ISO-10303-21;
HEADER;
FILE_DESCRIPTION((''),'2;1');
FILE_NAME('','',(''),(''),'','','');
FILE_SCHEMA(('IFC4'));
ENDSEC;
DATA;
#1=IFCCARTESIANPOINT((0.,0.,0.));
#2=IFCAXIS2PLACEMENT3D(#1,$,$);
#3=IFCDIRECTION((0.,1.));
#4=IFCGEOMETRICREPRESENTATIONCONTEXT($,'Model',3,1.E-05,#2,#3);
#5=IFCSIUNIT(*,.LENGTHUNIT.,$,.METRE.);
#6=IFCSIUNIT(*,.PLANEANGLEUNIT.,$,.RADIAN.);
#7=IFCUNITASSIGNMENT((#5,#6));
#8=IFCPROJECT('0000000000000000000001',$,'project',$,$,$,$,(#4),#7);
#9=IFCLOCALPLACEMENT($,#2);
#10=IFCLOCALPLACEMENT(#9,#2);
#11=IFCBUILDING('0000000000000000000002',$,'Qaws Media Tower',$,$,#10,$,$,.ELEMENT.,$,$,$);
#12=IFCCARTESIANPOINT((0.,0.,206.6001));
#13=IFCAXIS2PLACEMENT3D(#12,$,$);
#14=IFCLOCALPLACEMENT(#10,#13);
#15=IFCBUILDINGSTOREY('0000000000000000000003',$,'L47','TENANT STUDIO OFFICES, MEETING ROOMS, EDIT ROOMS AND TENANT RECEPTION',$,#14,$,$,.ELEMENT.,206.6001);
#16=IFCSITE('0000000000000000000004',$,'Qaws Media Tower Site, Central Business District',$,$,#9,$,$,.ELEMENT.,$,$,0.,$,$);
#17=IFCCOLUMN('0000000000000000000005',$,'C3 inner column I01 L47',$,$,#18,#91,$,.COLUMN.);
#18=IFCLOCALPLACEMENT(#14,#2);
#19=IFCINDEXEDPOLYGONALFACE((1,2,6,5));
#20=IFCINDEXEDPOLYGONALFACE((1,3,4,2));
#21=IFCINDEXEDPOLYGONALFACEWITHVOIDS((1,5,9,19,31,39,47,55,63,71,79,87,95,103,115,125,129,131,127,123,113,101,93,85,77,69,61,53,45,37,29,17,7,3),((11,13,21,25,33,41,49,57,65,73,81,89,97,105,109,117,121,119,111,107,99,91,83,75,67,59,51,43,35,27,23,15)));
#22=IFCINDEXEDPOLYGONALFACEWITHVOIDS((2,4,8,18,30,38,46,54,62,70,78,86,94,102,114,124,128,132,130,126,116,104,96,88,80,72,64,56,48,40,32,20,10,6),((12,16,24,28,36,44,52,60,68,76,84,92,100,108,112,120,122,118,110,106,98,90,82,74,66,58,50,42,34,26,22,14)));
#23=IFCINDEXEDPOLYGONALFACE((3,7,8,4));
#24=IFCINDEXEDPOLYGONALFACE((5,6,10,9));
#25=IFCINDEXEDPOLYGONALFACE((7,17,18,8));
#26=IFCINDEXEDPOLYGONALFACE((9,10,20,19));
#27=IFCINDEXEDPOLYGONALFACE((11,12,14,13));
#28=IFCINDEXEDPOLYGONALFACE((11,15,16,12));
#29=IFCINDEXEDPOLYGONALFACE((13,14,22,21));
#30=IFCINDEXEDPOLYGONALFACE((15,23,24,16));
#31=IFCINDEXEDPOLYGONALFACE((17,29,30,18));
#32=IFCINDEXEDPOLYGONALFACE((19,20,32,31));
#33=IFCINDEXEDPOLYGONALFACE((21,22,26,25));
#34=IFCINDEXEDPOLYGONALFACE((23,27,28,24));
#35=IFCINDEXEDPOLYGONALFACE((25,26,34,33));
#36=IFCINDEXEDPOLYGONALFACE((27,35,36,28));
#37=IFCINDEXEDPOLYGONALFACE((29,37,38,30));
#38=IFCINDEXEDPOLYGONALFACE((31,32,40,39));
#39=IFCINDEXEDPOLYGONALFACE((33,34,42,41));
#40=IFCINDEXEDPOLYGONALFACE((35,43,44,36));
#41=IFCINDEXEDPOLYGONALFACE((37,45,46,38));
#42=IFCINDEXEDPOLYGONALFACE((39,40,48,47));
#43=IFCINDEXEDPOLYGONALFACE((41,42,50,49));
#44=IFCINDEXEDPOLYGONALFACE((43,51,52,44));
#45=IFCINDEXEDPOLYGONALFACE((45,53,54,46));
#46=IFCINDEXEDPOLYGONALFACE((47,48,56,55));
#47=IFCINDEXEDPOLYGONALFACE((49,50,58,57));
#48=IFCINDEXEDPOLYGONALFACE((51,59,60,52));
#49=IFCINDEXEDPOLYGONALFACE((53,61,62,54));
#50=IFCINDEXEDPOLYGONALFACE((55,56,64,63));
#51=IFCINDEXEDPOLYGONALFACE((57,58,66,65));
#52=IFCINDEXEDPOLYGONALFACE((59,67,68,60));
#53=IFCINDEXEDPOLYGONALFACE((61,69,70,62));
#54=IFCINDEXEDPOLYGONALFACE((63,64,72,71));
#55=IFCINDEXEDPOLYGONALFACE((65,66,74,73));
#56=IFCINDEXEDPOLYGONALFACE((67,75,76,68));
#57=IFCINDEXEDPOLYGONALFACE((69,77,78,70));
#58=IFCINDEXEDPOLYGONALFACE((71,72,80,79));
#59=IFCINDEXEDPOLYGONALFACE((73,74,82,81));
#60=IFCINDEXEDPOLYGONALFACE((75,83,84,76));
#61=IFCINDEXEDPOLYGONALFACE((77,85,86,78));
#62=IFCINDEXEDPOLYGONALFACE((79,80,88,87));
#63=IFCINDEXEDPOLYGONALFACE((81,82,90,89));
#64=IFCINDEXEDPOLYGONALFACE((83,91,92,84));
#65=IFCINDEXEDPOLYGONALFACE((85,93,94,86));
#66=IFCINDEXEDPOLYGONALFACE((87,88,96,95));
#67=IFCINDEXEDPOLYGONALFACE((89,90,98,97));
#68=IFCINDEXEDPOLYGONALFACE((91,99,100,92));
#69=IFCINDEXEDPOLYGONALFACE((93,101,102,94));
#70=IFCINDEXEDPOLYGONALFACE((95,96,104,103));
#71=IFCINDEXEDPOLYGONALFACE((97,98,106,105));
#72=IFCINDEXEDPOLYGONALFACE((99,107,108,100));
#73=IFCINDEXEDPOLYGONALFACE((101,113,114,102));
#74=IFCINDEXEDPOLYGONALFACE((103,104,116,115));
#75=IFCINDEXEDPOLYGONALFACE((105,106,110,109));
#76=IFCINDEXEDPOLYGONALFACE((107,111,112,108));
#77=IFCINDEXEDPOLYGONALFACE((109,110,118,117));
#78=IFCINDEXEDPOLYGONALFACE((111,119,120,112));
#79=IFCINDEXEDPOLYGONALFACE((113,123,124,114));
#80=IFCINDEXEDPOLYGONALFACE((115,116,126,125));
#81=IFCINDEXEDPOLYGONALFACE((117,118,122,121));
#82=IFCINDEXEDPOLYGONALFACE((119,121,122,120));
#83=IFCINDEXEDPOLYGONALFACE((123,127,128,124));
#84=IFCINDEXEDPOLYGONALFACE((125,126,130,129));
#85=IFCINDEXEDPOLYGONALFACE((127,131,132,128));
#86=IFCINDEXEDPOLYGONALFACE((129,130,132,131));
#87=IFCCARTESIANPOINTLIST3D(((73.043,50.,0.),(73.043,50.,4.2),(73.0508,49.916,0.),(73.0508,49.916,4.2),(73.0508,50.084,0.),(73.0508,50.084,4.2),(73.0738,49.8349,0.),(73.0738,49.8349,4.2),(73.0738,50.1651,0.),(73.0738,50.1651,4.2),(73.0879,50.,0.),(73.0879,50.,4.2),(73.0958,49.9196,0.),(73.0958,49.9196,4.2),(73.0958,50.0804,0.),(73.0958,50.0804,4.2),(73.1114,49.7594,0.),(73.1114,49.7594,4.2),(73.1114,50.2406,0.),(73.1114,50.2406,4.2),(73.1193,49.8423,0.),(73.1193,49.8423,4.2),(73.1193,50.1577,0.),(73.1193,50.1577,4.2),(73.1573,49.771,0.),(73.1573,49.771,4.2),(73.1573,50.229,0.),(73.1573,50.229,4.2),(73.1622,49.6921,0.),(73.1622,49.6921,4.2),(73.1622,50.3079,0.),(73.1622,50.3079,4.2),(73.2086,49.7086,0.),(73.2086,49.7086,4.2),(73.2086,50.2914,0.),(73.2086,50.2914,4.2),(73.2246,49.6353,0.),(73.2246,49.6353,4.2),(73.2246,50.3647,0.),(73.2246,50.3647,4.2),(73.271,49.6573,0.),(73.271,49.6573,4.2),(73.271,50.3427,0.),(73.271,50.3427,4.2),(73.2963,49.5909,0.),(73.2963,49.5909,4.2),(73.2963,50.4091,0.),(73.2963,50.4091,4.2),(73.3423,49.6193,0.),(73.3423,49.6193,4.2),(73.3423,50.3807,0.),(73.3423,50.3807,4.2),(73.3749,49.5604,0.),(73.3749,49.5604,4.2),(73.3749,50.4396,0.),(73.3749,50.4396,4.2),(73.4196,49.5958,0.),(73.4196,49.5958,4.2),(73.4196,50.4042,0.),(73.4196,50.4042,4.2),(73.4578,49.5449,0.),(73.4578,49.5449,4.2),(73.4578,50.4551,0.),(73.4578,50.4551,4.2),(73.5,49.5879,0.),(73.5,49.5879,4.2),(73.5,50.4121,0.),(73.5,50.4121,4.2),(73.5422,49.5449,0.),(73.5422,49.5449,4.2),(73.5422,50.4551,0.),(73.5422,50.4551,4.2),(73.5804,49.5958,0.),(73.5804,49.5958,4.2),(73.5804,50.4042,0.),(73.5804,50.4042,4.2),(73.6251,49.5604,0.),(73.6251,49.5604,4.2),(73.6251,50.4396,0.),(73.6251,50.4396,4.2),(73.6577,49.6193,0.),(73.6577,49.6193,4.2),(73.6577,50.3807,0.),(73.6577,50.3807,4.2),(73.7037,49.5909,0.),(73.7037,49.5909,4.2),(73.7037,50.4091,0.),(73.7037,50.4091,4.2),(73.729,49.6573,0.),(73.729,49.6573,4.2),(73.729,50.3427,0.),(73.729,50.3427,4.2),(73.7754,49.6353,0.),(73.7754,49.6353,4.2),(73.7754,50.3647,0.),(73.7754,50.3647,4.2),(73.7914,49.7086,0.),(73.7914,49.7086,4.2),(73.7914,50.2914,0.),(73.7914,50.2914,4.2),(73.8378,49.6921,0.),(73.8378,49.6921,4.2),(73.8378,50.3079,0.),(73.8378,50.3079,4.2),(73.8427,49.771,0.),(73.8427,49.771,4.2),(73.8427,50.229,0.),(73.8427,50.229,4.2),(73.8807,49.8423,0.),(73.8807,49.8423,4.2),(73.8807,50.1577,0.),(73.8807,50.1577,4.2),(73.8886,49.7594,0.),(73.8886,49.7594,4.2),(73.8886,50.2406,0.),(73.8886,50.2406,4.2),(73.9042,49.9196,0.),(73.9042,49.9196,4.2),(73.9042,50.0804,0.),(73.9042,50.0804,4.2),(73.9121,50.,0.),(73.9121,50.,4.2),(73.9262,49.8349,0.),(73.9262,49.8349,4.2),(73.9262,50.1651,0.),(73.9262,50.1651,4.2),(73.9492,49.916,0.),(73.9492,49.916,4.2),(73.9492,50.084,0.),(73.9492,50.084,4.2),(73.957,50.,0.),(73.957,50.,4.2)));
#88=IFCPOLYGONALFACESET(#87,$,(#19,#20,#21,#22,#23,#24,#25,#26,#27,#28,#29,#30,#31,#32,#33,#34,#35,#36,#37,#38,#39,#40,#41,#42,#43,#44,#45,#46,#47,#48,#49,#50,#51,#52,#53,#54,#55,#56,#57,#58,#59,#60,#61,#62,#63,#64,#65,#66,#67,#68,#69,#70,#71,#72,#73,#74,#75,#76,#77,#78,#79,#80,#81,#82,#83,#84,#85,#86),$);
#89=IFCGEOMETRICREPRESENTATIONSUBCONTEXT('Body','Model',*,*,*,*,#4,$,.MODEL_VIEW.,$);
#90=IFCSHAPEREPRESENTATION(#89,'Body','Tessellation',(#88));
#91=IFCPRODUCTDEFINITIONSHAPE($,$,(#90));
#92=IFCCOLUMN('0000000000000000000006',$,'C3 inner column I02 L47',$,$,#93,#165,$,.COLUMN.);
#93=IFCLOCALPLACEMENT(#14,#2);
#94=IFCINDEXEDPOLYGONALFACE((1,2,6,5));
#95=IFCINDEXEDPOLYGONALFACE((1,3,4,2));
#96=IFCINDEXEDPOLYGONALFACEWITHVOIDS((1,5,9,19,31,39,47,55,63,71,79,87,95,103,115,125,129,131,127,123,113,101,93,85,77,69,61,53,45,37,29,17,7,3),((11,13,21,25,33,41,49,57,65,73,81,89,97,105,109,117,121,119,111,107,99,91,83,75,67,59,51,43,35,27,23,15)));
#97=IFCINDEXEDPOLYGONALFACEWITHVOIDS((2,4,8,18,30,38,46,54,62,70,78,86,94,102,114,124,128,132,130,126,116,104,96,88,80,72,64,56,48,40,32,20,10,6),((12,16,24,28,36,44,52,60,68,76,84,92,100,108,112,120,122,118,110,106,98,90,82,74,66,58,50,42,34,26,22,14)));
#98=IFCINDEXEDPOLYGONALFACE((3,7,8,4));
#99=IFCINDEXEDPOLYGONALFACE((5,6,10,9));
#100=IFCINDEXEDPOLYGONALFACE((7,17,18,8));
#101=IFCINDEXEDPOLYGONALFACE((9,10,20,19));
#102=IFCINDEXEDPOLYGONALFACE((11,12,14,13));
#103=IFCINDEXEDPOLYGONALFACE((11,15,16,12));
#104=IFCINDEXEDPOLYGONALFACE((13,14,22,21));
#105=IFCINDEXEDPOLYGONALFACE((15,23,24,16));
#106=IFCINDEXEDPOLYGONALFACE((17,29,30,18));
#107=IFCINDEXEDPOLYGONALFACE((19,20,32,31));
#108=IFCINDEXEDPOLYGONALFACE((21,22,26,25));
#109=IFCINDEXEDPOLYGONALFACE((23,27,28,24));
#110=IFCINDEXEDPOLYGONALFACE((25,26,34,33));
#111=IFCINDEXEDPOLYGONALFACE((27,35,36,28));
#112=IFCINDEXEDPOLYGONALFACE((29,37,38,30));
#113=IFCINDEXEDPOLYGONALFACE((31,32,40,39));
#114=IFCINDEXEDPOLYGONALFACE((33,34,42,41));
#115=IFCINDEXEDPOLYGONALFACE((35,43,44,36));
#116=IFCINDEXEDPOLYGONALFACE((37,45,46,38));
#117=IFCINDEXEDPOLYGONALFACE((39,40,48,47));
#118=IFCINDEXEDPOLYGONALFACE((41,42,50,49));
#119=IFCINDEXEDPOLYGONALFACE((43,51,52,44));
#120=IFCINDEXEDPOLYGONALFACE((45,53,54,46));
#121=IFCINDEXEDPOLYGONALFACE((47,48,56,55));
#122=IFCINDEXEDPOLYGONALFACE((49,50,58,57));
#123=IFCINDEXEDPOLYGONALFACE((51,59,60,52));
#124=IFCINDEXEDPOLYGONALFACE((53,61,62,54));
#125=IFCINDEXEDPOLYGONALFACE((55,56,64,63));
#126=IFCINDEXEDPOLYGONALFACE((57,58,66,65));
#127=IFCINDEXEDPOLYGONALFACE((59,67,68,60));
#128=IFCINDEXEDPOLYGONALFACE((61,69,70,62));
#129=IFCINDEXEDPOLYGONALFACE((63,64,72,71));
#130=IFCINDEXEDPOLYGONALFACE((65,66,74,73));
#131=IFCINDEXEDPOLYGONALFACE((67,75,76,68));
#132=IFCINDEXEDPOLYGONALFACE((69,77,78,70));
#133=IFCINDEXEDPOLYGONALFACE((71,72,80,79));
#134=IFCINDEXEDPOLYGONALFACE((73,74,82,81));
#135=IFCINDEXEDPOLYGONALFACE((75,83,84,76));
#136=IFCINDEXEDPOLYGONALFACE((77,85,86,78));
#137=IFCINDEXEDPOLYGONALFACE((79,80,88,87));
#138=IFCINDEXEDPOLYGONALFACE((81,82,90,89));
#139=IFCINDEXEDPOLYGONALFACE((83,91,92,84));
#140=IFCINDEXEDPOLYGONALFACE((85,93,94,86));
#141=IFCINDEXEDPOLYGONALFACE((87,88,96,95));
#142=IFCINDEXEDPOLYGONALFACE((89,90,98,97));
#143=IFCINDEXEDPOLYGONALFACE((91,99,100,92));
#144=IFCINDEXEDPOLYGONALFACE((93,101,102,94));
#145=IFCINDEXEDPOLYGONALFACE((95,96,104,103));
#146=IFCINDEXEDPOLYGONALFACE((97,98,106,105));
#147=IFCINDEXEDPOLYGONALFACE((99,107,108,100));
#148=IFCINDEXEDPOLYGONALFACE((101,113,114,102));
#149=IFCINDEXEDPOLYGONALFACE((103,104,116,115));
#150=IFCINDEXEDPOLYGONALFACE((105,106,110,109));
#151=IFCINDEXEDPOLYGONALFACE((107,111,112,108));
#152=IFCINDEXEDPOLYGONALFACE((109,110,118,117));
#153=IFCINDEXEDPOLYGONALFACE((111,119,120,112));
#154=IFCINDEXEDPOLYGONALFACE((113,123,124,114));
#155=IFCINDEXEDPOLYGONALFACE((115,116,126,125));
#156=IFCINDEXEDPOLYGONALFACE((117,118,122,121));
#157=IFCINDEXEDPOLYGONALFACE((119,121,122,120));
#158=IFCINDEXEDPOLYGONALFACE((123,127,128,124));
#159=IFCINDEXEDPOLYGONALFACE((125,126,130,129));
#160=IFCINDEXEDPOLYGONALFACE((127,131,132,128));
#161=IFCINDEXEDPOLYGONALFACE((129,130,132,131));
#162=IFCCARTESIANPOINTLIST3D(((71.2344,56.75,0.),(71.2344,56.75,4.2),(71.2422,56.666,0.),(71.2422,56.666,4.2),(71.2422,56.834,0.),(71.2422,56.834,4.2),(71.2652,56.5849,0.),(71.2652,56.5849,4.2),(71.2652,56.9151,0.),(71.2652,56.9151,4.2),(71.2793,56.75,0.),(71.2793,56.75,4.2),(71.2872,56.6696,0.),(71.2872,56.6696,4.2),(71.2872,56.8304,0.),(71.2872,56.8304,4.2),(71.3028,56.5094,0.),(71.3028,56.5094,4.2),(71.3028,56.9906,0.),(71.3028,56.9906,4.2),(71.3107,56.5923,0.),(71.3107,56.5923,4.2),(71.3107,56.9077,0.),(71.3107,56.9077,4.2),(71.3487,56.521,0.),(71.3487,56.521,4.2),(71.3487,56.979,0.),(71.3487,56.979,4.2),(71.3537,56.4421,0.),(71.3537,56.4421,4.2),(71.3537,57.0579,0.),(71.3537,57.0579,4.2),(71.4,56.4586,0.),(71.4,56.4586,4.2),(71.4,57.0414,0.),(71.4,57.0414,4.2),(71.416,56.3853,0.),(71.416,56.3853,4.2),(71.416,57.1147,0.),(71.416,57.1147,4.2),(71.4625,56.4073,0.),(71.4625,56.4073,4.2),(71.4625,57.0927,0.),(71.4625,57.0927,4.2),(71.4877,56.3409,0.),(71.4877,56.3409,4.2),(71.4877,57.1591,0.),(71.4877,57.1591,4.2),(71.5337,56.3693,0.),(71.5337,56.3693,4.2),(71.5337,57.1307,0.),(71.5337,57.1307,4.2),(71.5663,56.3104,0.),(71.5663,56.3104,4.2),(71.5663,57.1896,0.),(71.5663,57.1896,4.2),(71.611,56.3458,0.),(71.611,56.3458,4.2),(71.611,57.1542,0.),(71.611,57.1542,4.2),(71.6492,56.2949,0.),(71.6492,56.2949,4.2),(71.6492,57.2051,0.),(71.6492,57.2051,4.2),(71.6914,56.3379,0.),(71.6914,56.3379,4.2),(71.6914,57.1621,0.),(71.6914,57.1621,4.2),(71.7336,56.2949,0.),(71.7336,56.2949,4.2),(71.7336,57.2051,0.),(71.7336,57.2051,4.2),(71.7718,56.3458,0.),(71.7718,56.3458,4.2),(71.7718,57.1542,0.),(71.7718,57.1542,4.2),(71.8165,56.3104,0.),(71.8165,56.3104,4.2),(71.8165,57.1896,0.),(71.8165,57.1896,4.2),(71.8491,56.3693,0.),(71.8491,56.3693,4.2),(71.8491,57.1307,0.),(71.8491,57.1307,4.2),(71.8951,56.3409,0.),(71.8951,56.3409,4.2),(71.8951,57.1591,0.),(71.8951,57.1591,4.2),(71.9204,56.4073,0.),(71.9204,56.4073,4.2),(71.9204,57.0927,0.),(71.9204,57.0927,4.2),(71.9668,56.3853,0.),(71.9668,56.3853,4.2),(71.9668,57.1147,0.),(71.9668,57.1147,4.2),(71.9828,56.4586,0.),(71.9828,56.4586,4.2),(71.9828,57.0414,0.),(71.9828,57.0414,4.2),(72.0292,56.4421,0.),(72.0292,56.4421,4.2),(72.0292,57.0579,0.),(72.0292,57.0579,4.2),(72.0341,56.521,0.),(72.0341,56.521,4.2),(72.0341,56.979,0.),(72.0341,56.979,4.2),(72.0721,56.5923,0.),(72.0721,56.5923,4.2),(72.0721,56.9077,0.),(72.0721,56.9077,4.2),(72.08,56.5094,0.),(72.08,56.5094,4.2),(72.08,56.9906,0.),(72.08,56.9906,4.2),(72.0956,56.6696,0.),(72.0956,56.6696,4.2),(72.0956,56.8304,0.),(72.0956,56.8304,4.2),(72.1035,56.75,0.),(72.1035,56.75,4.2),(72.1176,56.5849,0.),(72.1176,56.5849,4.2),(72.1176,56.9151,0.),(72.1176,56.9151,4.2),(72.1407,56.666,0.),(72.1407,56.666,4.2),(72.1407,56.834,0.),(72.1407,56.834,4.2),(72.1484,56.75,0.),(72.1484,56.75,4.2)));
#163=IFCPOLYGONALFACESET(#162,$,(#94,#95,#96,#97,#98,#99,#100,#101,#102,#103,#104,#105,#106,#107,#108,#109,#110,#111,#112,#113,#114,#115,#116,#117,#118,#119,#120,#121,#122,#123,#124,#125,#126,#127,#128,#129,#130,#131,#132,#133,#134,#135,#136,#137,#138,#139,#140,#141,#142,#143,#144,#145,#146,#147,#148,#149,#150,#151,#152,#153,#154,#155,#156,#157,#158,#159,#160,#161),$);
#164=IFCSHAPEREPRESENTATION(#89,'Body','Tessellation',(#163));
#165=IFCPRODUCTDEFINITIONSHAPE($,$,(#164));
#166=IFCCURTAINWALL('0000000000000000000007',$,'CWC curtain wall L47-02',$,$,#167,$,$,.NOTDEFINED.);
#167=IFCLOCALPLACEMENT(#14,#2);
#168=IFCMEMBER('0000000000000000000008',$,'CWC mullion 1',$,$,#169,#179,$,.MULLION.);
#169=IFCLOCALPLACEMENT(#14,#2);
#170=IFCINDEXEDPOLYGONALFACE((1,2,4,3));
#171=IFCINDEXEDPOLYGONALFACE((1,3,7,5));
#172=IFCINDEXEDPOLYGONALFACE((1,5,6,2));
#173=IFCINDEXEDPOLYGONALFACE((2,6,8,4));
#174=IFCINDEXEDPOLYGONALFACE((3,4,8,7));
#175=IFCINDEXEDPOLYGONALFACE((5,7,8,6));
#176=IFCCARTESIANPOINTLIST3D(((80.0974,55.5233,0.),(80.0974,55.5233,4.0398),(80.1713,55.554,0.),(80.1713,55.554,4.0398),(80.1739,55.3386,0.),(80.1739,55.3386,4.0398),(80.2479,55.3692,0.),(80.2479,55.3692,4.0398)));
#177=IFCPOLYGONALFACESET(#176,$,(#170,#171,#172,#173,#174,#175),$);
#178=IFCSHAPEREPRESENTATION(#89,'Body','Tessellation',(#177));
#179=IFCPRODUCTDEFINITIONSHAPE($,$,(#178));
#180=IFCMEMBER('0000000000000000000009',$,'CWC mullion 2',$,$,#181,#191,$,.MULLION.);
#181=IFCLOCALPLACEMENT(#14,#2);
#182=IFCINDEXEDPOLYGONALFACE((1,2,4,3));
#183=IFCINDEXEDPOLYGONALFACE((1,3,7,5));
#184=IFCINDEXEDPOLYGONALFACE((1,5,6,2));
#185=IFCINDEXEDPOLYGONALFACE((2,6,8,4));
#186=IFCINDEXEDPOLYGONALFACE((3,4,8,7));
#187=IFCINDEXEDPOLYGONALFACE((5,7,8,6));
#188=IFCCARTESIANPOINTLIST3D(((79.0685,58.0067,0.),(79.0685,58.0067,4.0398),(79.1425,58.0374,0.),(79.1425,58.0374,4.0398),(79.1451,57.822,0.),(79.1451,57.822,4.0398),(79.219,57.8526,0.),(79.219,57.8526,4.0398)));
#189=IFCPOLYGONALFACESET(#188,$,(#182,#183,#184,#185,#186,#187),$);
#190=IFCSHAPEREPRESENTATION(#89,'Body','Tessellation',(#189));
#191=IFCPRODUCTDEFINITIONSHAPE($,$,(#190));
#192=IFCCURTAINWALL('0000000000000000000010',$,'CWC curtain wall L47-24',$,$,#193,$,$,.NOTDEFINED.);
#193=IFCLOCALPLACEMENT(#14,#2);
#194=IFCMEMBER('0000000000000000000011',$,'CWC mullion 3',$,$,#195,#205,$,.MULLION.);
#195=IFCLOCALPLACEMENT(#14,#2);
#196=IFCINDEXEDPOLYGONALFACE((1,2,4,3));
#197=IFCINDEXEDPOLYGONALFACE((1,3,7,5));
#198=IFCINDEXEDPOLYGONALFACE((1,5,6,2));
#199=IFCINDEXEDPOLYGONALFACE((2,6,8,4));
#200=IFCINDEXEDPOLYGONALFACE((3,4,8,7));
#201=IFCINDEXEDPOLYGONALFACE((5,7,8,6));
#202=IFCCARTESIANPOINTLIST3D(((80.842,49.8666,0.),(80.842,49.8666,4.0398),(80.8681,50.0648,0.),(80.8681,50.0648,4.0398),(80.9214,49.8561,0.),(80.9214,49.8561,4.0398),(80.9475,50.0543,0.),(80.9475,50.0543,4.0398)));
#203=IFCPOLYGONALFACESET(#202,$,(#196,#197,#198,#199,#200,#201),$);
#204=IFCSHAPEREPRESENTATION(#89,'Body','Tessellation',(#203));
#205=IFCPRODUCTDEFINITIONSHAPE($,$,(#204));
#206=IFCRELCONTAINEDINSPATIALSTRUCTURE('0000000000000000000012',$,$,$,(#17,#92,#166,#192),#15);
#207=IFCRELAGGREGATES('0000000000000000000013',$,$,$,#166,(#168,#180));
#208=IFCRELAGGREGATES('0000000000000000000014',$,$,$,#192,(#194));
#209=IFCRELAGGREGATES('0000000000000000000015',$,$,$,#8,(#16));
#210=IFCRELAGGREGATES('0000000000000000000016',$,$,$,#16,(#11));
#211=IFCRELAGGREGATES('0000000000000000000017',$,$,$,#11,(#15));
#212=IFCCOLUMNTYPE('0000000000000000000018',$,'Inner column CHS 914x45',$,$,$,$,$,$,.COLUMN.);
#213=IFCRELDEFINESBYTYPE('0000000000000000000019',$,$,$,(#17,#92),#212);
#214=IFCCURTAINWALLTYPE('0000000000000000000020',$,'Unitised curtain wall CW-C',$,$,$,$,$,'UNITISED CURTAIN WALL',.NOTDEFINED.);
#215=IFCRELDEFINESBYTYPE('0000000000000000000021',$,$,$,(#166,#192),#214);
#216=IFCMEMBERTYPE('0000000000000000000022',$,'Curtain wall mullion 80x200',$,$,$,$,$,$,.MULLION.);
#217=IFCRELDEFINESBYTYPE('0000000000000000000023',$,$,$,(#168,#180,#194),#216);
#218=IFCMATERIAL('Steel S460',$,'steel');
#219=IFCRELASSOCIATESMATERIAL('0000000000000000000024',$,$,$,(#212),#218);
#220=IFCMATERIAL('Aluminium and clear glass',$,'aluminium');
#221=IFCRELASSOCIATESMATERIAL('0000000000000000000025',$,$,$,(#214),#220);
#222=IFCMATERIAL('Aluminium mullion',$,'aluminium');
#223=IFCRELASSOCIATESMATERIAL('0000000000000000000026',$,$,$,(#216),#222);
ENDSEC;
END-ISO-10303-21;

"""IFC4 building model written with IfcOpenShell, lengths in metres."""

from ifc_helpers import new_model, si_unit, direction, frame, origin, origin_2d, place, context, subcontext, project, spatial, rectangle, hollow_circle, extrude, material, material_profile, profile_set, type_object, element, aggregate, save


model = new_model("IFC4")

# Units and contexts
model_context = context("Model", 3, precision=1e-05, world=origin(), true_north=direction((0.0, 1.0)))
body_context = subcontext(model_context, "Body", "Model", "MODEL_VIEW")
ifc_project = project(units=[si_unit("LENGTHUNIT", "METRE"), si_unit("PLANEANGLEUNIT", "RADIAN")], contexts=[model_context])

# Site, building, storey
site_placement = place(None, origin())
site = spatial("IfcSite", under=ifc_project, at=site_placement, Name="Qaws Media Tower Site, Central Business District", CompositionType="ELEMENT", RefElevation=0.0)
building_placement = place(site_placement, origin())
building = spatial("IfcBuilding", under=site, at=building_placement, Name="Qaws Media Tower", CompositionType="ELEMENT")
storey_placement = place(building_placement, frame((0.0, 0.0, 206.6001)))
storey = spatial("IfcBuildingStorey", under=building, at=storey_placement, Name="L47", Description="TENANT STUDIO OFFICES, MEETING ROOMS, EDIT ROOMS AND TENANT RECEPTION", CompositionType="ELEMENT", Elevation=206.6001)

# Columns
ifc_material_1 = material(Name="Steel S460", Category="steel")
ifc_material_profile_1 = material_profile(ifc_material_1, hollow_circle(Radius=0.457, WallThickness=0.0449, at=origin_2d()), Name="CHS 914x45")
ifc_profile_set_1 = profile_set([ifc_material_profile_1], Name="Steel S460")
column_type = type_object("IfcColumnType", Name="Inner column CHS 914x45", PredefinedType="COLUMN", material=ifc_profile_set_1)
for number, where, z_axis, x_axis, name in (
    (1, (73.5, 50.0, 0.0), (0.0, 0.0, 1.0), (1.0, 0.0, 0.0), "C3 inner column I01 L47"),
    (2, (71.6914, 56.75, 0.0), (0.0, 0.0, 1.0), (1.0, 0.0, 0.0), "C3 inner column I02 L47"),
):
    element("IfcColumn", number, at=place(storey_placement, frame(where, z_axis=z_axis, x_axis=x_axis)), inside=storey, type_object=column_type, Name=name, PredefinedType="COLUMN", context=body_context, shape_type="SweptSolid", body=[
        extrude(hollow_circle(Radius=0.457, WallThickness=0.0449, at=origin_2d()), origin(), (0.0, 0.0, 1.0), 4.2),
    ])

# Curtain wall, members
ifc_material_2 = material(Name="Aluminium and clear glass", Category="aluminium")
curtain_wall_type = type_object("IfcCurtainWallType", Name="Unitised curtain wall CW-C", ElementType="UNITISED CURTAIN WALL", PredefinedType="NOTDEFINED", material=ifc_material_2)
curtain_wall_1_placement = place(storey_placement, origin())
curtain_wall_1 = element("IfcCurtainWall", 3, at=curtain_wall_1_placement, inside=storey, type_object=curtain_wall_type, Name="CWC curtain wall L47-02", PredefinedType="NOTDEFINED")
ifc_material_3 = material(Name="Aluminium mullion", Category="aluminium")
ifc_material_profile_2 = material_profile(ifc_material_3, rectangle(XDim=0.0801, YDim=0.2, at=origin_2d()), Name="80x200")
ifc_profile_set_2 = profile_set([ifc_material_profile_2], Name="Aluminium mullion")
member_type_1 = type_object("IfcMemberType", Name="Curtain wall mullion 80x200", PredefinedType="MULLION", material=ifc_profile_set_2)
member_1_placement = place(storey_placement, frame((80.1726, 55.4463, 0.0), z_axis=(0.0, 0.0, 1.0), x_axis=(-0.92388, -0.382683, 0.0)))
member_1 = element("IfcMember", 4, at=member_1_placement, type_object=member_type_1, Name="CWC mullion 1", PredefinedType="MULLION", context=body_context, shape_type="SweptSolid", body=[
    extrude(rectangle(XDim=0.0801, YDim=0.2, at=origin_2d()), origin(), (0.0, 0.0, 1.0), 4.0398),
])
member_2_placement = place(storey_placement, frame((79.1438, 57.9297, 0.0), z_axis=(0.0, 0.0, 1.0), x_axis=(-0.92388, -0.382683, 0.0)))
member_2 = element("IfcMember", 5, at=member_2_placement, type_object=member_type_1, Name="CWC mullion 2", PredefinedType="MULLION", context=body_context, shape_type="SweptSolid", body=[
    extrude(rectangle(XDim=0.0801, YDim=0.2, at=origin_2d()), origin(), (0.0, 0.0, 1.0), 4.0398),
])

# Curtain wall, member
curtain_wall_2_placement = place(storey_placement, origin())
curtain_wall_2 = element("IfcCurtainWall", 6, at=curtain_wall_2_placement, inside=storey, type_object=curtain_wall_type, Name="CWC curtain wall L47-24", PredefinedType="NOTDEFINED")
member_3_placement = place(storey_placement, frame((80.8948, 49.9604, 0.0), z_axis=(0.0, 0.0, 1.0), x_axis=(-0.991445, 0.130526, 0.0)))
member_3 = element("IfcMember", 7, at=member_3_placement, type_object=member_type_1, Name="CWC mullion 3", PredefinedType="MULLION", context=body_context, shape_type="SweptSolid", body=[
    extrude(rectangle(XDim=0.0801, YDim=0.2, at=origin_2d()), origin(), (0.0, 0.0, 1.0), 4.0398),
])

aggregate(curtain_wall_1, [member_1, member_2])
aggregate(curtain_wall_2, [member_3])

save(model, "model.ifc")
